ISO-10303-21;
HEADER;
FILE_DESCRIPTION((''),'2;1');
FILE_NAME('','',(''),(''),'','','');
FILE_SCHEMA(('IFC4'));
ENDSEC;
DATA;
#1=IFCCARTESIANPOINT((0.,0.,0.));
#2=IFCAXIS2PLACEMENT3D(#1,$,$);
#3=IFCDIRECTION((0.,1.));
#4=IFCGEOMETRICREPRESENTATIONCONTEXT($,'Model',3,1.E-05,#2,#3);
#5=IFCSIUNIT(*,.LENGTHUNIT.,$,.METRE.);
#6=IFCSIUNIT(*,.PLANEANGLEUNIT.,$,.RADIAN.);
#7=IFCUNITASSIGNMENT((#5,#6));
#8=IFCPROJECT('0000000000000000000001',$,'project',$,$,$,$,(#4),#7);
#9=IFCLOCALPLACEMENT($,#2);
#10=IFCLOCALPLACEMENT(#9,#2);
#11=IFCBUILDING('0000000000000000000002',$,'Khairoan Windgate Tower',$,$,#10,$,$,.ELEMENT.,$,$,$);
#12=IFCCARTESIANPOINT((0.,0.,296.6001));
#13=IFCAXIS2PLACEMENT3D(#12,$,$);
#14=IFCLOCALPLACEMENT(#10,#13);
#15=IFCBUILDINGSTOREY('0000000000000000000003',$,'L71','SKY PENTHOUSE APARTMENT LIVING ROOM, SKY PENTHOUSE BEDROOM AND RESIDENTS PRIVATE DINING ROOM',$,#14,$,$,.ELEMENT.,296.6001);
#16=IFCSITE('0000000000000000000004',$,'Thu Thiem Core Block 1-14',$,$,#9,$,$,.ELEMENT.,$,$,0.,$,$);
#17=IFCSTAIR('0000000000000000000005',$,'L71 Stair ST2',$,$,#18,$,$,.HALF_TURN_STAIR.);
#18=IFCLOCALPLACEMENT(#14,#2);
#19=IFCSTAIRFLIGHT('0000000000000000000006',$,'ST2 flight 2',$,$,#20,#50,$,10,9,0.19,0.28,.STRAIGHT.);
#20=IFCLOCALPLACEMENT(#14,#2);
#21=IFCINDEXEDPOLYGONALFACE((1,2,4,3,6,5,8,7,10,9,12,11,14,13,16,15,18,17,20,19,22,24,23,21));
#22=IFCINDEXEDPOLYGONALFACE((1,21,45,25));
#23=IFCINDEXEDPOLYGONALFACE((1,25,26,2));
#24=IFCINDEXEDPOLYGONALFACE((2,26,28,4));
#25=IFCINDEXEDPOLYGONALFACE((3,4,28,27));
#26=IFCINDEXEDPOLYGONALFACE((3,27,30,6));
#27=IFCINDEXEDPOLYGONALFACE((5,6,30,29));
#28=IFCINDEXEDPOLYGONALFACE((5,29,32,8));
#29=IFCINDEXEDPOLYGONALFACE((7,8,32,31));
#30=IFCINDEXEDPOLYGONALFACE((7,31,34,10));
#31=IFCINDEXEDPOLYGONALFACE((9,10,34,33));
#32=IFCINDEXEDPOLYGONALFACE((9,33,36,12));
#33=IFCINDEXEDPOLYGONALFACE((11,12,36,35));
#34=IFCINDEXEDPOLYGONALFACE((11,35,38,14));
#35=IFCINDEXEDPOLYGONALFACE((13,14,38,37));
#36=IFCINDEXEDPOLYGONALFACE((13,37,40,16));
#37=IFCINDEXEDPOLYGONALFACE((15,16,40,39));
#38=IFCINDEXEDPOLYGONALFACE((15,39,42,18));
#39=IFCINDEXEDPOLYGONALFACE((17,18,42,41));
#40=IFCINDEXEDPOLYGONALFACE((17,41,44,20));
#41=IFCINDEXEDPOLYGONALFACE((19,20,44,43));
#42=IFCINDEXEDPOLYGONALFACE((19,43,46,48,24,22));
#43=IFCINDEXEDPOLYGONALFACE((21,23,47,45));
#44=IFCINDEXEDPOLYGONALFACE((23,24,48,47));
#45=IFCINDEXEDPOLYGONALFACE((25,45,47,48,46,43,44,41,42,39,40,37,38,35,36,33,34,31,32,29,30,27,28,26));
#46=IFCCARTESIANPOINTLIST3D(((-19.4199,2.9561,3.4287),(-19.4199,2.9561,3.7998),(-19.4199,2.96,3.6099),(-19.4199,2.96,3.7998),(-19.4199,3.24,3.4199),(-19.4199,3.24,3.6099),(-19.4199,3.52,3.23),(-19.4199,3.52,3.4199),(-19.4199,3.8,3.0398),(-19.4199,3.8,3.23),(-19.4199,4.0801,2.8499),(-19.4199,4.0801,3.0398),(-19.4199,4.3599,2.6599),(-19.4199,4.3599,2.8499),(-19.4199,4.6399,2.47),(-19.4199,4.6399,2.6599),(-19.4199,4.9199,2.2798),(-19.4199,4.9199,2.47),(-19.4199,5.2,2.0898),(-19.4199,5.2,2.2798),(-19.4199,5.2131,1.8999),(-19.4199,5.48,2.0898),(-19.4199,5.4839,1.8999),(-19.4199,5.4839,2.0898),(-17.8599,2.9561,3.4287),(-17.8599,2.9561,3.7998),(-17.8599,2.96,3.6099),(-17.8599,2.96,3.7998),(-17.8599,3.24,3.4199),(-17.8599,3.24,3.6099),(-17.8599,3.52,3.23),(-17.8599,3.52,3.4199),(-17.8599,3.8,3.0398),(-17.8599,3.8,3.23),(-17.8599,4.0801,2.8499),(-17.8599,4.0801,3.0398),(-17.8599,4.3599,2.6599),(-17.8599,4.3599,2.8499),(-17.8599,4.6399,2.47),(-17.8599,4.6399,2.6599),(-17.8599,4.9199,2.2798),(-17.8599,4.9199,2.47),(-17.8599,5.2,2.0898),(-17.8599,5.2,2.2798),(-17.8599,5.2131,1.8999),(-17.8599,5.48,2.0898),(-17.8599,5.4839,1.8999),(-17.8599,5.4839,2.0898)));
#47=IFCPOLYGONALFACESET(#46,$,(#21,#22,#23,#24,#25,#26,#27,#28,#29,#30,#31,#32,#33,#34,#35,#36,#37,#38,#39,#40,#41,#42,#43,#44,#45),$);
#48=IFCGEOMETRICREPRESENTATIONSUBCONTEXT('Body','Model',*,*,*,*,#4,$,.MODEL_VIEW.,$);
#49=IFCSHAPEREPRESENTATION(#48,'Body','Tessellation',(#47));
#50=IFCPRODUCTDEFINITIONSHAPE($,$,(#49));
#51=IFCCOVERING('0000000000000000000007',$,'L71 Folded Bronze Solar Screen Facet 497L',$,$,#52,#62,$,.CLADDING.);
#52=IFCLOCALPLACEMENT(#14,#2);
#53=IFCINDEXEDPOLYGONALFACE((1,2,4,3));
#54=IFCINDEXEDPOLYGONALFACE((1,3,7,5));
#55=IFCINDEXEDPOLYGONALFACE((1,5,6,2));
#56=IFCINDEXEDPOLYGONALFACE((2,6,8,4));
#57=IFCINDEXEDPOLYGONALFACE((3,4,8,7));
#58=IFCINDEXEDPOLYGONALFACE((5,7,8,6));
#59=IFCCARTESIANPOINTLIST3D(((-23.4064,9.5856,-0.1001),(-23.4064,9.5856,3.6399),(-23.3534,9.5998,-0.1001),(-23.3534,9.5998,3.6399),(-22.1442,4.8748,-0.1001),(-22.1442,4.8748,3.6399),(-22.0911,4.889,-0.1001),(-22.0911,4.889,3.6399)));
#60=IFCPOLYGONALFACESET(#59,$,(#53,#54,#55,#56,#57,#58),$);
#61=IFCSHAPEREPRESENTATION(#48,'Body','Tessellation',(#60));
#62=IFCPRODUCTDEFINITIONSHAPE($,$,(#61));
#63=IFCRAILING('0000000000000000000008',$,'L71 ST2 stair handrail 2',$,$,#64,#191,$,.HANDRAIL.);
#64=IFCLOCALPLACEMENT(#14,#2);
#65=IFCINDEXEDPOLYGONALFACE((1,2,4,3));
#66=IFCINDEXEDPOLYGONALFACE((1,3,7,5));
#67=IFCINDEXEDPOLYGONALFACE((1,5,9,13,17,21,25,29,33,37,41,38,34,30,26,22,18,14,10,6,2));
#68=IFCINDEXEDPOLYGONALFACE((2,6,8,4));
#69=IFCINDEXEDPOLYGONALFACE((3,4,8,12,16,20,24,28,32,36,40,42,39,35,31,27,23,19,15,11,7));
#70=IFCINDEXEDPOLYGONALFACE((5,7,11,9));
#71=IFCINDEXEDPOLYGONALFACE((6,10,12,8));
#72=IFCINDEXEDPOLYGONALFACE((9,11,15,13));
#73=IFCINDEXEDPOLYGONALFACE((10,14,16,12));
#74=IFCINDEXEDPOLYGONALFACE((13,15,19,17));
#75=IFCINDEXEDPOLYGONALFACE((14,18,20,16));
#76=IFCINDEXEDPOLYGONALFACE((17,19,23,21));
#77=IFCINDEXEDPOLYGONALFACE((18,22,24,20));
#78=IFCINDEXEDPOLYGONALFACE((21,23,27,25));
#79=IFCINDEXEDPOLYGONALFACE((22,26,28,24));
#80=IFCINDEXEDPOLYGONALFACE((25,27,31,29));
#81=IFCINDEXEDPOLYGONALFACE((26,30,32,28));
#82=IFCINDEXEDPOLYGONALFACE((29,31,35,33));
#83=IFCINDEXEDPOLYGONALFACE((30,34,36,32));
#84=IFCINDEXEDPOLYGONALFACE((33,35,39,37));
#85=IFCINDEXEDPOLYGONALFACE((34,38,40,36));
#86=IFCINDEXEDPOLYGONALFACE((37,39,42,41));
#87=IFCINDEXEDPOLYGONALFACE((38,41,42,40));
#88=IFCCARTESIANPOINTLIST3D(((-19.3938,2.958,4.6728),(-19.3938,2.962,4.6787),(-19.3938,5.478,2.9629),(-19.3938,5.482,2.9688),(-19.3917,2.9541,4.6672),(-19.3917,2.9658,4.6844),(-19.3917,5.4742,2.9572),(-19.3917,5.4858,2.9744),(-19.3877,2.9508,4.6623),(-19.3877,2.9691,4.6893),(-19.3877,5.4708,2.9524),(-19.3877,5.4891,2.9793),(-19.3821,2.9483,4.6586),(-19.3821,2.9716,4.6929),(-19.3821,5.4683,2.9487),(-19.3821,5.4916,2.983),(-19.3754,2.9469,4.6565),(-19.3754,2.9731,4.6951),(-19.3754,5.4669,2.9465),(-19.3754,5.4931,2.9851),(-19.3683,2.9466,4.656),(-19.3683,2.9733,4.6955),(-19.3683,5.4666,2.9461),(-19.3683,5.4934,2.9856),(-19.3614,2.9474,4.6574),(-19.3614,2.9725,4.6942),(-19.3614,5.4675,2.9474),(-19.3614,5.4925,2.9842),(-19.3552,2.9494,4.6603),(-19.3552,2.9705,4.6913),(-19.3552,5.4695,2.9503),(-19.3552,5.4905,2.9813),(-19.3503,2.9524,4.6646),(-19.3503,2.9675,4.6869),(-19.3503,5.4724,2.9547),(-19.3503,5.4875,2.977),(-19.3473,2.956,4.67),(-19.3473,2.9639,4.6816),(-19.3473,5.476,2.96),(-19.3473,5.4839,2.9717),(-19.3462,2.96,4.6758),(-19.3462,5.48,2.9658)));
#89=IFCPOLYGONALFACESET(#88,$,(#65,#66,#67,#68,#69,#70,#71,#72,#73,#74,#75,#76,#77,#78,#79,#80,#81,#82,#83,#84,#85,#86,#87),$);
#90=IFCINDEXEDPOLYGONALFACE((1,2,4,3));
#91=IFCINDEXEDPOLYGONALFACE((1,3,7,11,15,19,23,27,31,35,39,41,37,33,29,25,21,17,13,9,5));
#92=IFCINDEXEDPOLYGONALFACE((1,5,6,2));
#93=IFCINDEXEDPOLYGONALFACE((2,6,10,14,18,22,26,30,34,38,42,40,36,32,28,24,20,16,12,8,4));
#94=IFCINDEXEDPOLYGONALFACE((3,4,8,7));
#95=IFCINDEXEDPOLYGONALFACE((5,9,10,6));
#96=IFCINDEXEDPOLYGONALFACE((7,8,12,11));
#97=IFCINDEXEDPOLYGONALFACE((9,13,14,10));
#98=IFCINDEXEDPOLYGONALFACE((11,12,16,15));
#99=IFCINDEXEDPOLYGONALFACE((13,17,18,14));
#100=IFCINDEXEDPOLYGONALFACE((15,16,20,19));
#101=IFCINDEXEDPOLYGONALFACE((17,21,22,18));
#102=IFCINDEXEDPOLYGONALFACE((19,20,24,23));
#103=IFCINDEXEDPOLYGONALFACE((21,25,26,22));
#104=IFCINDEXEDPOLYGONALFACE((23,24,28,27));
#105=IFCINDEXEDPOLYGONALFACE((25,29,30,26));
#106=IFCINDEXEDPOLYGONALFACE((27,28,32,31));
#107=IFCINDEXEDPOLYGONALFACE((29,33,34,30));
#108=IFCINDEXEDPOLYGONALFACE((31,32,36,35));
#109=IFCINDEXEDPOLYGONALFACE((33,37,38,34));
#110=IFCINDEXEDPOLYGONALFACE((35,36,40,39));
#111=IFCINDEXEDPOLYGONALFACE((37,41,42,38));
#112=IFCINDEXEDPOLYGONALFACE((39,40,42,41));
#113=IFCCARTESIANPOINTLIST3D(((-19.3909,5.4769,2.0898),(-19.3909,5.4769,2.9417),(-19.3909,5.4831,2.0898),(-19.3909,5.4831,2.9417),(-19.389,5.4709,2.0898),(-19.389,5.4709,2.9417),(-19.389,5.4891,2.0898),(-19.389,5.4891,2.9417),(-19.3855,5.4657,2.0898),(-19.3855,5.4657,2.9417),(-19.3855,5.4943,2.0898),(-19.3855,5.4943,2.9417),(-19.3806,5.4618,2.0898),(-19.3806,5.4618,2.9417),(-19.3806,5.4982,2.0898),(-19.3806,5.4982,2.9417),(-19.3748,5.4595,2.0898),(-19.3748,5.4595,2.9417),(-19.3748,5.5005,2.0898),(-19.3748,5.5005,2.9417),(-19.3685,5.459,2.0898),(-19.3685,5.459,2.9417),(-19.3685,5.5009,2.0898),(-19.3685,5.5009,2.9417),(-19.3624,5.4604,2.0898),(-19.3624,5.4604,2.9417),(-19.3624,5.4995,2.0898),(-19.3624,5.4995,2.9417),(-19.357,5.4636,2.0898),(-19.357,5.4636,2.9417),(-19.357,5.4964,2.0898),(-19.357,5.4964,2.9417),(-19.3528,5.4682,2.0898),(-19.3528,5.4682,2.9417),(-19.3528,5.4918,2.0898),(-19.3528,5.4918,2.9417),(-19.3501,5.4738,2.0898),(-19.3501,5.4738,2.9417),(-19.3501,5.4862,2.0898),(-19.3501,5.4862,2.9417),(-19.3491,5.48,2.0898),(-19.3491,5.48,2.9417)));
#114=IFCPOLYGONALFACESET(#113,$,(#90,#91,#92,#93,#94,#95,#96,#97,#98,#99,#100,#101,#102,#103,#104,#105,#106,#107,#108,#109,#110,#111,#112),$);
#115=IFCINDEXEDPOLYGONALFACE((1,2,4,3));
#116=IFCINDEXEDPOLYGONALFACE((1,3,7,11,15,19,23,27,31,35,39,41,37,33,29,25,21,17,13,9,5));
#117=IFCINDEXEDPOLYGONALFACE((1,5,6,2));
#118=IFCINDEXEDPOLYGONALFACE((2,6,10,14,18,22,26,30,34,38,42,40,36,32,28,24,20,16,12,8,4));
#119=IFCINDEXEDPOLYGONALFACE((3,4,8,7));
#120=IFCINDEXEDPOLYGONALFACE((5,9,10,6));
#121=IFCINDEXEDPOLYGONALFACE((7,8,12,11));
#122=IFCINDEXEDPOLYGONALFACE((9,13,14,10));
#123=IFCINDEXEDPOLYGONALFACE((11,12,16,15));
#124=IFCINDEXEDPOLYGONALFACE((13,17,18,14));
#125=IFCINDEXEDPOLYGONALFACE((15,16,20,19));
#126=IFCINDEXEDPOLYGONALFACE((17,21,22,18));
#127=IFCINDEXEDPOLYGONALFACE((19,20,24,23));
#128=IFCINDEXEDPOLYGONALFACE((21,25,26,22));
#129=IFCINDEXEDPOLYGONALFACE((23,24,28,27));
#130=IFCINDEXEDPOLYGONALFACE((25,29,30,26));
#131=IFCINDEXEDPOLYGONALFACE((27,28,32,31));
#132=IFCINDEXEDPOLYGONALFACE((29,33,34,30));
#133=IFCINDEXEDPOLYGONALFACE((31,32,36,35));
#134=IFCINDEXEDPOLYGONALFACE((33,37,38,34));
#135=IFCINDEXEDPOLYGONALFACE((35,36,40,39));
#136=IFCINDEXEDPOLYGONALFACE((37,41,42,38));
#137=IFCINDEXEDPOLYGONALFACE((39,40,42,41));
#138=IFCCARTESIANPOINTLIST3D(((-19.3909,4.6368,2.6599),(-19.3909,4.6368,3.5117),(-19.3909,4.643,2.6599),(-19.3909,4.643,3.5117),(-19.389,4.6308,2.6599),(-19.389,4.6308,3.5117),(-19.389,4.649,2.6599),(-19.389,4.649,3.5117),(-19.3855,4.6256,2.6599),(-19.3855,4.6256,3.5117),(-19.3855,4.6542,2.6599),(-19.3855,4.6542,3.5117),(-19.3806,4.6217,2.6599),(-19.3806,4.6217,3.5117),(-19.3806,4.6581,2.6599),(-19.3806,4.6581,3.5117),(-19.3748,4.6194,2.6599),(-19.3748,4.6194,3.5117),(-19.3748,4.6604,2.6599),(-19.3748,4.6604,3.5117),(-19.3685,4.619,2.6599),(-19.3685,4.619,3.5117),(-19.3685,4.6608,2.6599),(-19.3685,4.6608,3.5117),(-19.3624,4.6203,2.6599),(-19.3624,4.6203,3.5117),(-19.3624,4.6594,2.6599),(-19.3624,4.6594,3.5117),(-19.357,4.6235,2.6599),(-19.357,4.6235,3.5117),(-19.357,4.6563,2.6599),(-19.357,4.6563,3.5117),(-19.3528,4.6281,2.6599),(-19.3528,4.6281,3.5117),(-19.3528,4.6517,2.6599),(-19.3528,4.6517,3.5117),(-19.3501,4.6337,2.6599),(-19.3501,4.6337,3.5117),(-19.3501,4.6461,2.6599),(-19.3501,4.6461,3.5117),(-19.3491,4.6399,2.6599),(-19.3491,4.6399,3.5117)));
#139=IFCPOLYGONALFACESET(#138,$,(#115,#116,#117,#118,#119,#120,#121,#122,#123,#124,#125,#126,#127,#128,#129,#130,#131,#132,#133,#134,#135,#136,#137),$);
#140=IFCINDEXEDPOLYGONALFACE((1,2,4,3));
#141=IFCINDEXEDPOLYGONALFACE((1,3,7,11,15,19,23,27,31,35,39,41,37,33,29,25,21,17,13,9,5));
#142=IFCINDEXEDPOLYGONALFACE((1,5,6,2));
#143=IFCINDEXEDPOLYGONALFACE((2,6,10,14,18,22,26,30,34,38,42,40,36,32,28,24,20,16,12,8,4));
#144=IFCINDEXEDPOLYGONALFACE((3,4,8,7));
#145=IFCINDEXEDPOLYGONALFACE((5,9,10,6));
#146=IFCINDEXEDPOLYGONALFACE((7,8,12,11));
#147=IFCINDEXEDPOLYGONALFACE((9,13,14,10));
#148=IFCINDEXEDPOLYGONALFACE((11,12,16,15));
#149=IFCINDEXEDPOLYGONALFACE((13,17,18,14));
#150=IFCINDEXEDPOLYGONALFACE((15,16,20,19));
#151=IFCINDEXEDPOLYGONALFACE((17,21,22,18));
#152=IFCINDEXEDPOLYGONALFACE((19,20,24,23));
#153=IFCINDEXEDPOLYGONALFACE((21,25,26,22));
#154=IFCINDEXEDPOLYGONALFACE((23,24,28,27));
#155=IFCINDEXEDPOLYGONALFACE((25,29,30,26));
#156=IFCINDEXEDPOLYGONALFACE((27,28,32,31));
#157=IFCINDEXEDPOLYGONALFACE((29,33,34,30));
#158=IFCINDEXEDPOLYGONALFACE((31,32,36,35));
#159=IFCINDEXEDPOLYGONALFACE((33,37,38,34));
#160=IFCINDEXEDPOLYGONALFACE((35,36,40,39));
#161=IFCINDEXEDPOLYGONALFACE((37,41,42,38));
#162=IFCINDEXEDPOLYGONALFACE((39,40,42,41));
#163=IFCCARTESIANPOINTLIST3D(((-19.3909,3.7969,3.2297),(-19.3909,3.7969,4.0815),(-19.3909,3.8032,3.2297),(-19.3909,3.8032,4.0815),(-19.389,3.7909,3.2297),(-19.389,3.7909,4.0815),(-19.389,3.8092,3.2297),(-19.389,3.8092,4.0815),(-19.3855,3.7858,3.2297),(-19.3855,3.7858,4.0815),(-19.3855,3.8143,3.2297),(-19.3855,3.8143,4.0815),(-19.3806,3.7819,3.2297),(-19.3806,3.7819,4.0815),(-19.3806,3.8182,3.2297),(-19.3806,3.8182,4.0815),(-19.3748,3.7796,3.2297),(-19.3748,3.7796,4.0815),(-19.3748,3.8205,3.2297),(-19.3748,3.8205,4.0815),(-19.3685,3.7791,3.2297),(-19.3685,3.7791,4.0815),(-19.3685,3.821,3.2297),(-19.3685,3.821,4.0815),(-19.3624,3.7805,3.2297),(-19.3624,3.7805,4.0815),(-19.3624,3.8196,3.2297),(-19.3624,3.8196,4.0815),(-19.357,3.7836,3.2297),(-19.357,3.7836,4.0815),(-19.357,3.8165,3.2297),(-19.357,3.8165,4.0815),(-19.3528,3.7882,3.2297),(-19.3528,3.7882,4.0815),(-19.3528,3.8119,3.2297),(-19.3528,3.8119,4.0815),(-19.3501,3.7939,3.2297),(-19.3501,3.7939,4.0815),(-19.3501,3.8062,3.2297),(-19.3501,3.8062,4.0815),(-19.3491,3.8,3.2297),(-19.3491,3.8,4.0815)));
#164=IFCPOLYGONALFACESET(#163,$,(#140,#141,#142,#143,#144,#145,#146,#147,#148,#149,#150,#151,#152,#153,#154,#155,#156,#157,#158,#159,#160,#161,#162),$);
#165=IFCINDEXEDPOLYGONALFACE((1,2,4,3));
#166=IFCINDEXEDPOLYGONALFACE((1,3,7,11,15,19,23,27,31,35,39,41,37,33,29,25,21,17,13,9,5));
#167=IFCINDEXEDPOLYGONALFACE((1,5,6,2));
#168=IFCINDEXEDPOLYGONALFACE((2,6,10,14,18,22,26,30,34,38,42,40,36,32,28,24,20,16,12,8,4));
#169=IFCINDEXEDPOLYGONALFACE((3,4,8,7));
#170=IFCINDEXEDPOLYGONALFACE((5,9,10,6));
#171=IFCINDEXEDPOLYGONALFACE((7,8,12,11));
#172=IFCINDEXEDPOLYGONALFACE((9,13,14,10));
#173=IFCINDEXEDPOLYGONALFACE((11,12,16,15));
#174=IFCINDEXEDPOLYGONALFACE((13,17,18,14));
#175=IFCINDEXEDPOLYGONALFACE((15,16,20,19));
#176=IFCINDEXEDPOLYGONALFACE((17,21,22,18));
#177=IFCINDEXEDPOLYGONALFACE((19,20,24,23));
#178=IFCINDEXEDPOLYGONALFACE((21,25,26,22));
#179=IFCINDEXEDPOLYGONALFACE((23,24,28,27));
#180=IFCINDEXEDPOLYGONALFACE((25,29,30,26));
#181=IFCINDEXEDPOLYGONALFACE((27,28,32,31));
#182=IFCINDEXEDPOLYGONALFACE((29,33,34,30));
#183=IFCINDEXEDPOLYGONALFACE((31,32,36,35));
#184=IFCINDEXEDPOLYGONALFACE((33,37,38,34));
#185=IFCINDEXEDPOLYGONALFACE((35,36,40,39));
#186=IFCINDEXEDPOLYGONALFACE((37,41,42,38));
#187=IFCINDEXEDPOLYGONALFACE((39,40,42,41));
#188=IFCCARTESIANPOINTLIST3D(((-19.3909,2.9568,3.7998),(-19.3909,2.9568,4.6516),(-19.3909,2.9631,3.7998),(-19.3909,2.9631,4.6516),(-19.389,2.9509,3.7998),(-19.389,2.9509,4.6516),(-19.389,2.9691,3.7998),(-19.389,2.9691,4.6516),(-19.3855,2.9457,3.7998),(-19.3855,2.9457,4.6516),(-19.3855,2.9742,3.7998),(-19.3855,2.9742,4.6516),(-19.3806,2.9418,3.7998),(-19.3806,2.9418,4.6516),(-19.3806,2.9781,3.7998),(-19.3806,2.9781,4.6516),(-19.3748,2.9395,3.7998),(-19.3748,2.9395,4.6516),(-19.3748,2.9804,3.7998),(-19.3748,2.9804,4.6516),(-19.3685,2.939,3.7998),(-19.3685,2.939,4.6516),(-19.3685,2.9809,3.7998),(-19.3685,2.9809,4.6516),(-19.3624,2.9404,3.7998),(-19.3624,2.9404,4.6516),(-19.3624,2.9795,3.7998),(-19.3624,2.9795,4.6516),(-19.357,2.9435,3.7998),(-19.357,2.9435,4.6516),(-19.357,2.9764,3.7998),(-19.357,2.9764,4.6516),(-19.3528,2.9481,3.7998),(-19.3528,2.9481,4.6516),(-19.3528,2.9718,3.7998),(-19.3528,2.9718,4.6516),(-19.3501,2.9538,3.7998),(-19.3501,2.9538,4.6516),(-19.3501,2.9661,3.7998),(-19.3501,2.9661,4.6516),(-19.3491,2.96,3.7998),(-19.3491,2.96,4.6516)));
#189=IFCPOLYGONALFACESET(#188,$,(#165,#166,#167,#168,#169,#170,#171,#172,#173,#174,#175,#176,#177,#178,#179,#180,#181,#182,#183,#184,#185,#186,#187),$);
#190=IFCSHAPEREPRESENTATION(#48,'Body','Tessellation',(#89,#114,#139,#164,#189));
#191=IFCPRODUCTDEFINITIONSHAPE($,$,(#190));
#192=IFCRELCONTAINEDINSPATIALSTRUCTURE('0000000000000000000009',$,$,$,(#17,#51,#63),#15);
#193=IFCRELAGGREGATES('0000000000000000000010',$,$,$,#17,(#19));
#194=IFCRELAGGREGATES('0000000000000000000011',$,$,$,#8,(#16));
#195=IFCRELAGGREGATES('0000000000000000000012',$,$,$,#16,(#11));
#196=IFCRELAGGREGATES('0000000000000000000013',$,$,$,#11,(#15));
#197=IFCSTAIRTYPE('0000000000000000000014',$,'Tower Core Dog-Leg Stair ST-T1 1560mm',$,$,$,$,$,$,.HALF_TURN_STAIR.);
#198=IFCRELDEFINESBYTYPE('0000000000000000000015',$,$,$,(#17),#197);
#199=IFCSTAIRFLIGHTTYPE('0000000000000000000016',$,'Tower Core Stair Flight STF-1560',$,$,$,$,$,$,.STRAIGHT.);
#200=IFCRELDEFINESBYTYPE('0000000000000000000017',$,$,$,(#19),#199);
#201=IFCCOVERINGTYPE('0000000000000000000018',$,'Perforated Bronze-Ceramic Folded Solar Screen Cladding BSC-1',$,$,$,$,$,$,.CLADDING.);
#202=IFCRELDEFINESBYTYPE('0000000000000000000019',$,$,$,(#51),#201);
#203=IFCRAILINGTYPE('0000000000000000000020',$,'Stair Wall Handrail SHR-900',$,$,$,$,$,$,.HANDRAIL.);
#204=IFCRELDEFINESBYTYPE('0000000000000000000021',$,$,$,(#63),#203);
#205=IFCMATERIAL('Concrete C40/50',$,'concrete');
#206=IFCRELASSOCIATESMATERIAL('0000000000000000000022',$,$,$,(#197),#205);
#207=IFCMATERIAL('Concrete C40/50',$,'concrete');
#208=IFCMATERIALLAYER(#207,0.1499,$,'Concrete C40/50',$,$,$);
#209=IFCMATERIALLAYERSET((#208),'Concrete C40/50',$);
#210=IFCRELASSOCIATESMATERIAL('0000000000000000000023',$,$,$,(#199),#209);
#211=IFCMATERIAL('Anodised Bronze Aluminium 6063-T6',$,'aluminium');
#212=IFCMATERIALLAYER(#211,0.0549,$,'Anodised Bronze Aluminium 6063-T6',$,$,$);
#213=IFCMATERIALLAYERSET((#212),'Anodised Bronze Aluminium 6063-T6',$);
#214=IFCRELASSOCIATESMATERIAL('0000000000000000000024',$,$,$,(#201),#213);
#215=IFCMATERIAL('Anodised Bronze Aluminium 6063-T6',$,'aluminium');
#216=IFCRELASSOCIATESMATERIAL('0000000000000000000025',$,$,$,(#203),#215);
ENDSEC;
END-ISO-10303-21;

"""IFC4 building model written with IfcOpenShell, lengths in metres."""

from ifc_helpers import new_model, si_unit, direction, frame, origin, origin_2d, place, context, subcontext, project, spatial, polyline, rectangle, circle, outline, extrude, material, layer, layer_set, type_object, element, aggregate, save


model = new_model("IFC4")

# Units and contexts
model_context = context("Model", 3, precision=1e-05, world=origin(), true_north=direction((0.0, 1.0)))
body_context = subcontext(model_context, "Body", "Model", "MODEL_VIEW")
ifc_project = project(units=[si_unit("LENGTHUNIT", "METRE"), si_unit("PLANEANGLEUNIT", "RADIAN")], contexts=[model_context])

# Site, building, storey
site_placement = place(None, origin())
site = spatial("IfcSite", under=ifc_project, at=site_placement, Name="Thu Thiem Core Block 1-14", CompositionType="ELEMENT", RefElevation=0.0)
building_placement = place(site_placement, origin())
building = spatial("IfcBuilding", under=site, at=building_placement, Name="Khairoan Windgate Tower", CompositionType="ELEMENT")
storey_placement = place(building_placement, frame((0.0, 0.0, 296.6001)))
storey = spatial("IfcBuildingStorey", under=building, at=storey_placement, Name="L71", Description="SKY PENTHOUSE APARTMENT LIVING ROOM, SKY PENTHOUSE BEDROOM AND RESIDENTS PRIVATE DINING ROOM", CompositionType="ELEMENT", Elevation=296.6001)

# Stair, stair flight
ifc_material_1 = material(Name="Concrete C40/50", Category="concrete")
stair_type = type_object("IfcStairType", Name="Tower Core Dog-Leg Stair ST-T1 1560mm", PredefinedType="HALF_TURN_STAIR", material=ifc_material_1)
stair_placement = place(storey_placement, origin())
stair = element("IfcStair", 1, at=stair_placement, inside=storey, type_object=stair_type, Name="L71 Stair ST2", PredefinedType="HALF_TURN_STAIR")
ifc_material_2 = material(Name="Concrete C40/50", Category="concrete")
ifc_layer_1 = layer(ifc_material_2, 0.1499, Name="Concrete C40/50")
ifc_layer_set_1 = layer_set([ifc_layer_1], Name="Concrete C40/50")
stair_flight_type = type_object("IfcStairFlightType", Name="Tower Core Stair Flight STF-1560", PredefinedType="STRAIGHT", material=ifc_layer_set_1)
stair_flight_placement = place(storey_placement, frame((-18.6399, 5.48, 1.8999), z_axis=(0.0, 0.0, 1.0), x_axis=(0.0, -1.0, 0.0)))
stair_flight = element("IfcStairFlight", 2, at=stair_flight_placement, type_object=stair_flight_type, Name="ST2 flight 2", NumberOfRisers=10, NumberOfTreads=9, PredefinedType="STRAIGHT", RiserHeight=0.19, TreadLength=0.28, context=body_context, shape_type="SweptSolid", body=[
    extrude(outline(polyline([(-0.0039, 0.0), (-0.0039, 0.1899), (0.0, 0.1899), (0.28, 0.1899), (0.28, 0.3799), (0.5601, 0.3799), (0.5601, 0.5701), (0.8401, 0.5701), (0.8401, 0.76), (1.1201, 0.76), (1.1201, 0.95), (1.3999, 0.95), (1.3999, 1.1399), (1.6799, 1.1399), (1.6799, 1.3301), (1.96, 1.3301), (1.96, 1.52), (2.24, 1.52), (2.24, 1.71), (2.52, 1.71), (2.52, 1.8999), (2.5239, 1.8999), (2.5239, 1.5288), (0.2668, 0.0), (-0.0039, 0.0)])), frame((0.0, 0.78, 0.0), z_axis=(0.0, -1.0, 0.0), x_axis=(1.0, 0.0, 0.0)), (0.0, 0.0, 1.0), 1.5601),
])
aggregate(stair, [stair_flight])

# Covering
ifc_material_3 = material(Name="Anodised Bronze Aluminium 6063-T6", Category="aluminium")
ifc_layer_2 = layer(ifc_material_3, 0.0549, Name="Anodised Bronze Aluminium 6063-T6")
ifc_layer_set_2 = layer_set([ifc_layer_2], Name="Anodised Bronze Aluminium 6063-T6")
covering_type = type_object("IfcCoveringType", Name="Perforated Bronze-Ceramic Folded Solar Screen Cladding BSC-1", PredefinedType="CLADDING", material=ifc_layer_set_2)
covering_placement = place(storey_placement, frame((-22.7488, 7.2373, -0.1001), z_axis=(0.0, 0.0, 1.0), x_axis=(-0.258819, 0.965926, 0.0)))
element("IfcCovering", 3, at=covering_placement, inside=storey, type_object=covering_type, Name="L71 Folded Bronze Solar Screen Facet 497L", PredefinedType="CLADDING", context=body_context, shape_type="SweptSolid", body=[
    extrude(rectangle(XDim=4.877, YDim=0.0549, at=origin_2d()), origin(), (0.0, 0.0, 1.0), 3.74),
])

# Railing
ifc_material_4 = material(Name="Anodised Bronze Aluminium 6063-T6", Category="aluminium")
railing_type_1 = type_object("IfcRailingType", Name="Stair Wall Handrail SHR-900", PredefinedType="HANDRAIL", material=ifc_material_4)
railing_1_placement = place(storey_placement, frame((-19.3701, 5.48, 2.0898)))
element("IfcRailing", 4, at=railing_1_placement, inside=storey, type_object=railing_type_1, Name="L71 ST2 stair handrail 2", PredefinedType="HANDRAIL", context=body_context, shape_type="SweptSolid", body=[
    extrude(circle(Radius=0.0239, at=origin_2d()), frame((0.0, 0.0, 0.876), z_axis=(0.0, -0.827484, 0.56149), x_axis=(1.0, 0.0, 0.0)), (0.0, 0.0, 1.0), 3.0454),
    extrude(circle(Radius=0.021, at=origin_2d()), origin(), (0.0, 0.0, 1.0), 0.8518),
    extrude(circle(Radius=0.021, at=origin_2d()), frame((0.0, -0.8401, 0.5701)), (0.0, 0.0, 1.0), 0.8518),
    extrude(circle(Radius=0.021, at=origin_2d()), frame((0.0, -1.6799, 1.1399)), (0.0, 0.0, 1.0), 0.8518),
    extrude(circle(Radius=0.021, at=origin_2d()), frame((0.0, -2.52, 1.71)), (0.0, 0.0, 1.0), 0.8518),
])

save(model, "model.ifc")
